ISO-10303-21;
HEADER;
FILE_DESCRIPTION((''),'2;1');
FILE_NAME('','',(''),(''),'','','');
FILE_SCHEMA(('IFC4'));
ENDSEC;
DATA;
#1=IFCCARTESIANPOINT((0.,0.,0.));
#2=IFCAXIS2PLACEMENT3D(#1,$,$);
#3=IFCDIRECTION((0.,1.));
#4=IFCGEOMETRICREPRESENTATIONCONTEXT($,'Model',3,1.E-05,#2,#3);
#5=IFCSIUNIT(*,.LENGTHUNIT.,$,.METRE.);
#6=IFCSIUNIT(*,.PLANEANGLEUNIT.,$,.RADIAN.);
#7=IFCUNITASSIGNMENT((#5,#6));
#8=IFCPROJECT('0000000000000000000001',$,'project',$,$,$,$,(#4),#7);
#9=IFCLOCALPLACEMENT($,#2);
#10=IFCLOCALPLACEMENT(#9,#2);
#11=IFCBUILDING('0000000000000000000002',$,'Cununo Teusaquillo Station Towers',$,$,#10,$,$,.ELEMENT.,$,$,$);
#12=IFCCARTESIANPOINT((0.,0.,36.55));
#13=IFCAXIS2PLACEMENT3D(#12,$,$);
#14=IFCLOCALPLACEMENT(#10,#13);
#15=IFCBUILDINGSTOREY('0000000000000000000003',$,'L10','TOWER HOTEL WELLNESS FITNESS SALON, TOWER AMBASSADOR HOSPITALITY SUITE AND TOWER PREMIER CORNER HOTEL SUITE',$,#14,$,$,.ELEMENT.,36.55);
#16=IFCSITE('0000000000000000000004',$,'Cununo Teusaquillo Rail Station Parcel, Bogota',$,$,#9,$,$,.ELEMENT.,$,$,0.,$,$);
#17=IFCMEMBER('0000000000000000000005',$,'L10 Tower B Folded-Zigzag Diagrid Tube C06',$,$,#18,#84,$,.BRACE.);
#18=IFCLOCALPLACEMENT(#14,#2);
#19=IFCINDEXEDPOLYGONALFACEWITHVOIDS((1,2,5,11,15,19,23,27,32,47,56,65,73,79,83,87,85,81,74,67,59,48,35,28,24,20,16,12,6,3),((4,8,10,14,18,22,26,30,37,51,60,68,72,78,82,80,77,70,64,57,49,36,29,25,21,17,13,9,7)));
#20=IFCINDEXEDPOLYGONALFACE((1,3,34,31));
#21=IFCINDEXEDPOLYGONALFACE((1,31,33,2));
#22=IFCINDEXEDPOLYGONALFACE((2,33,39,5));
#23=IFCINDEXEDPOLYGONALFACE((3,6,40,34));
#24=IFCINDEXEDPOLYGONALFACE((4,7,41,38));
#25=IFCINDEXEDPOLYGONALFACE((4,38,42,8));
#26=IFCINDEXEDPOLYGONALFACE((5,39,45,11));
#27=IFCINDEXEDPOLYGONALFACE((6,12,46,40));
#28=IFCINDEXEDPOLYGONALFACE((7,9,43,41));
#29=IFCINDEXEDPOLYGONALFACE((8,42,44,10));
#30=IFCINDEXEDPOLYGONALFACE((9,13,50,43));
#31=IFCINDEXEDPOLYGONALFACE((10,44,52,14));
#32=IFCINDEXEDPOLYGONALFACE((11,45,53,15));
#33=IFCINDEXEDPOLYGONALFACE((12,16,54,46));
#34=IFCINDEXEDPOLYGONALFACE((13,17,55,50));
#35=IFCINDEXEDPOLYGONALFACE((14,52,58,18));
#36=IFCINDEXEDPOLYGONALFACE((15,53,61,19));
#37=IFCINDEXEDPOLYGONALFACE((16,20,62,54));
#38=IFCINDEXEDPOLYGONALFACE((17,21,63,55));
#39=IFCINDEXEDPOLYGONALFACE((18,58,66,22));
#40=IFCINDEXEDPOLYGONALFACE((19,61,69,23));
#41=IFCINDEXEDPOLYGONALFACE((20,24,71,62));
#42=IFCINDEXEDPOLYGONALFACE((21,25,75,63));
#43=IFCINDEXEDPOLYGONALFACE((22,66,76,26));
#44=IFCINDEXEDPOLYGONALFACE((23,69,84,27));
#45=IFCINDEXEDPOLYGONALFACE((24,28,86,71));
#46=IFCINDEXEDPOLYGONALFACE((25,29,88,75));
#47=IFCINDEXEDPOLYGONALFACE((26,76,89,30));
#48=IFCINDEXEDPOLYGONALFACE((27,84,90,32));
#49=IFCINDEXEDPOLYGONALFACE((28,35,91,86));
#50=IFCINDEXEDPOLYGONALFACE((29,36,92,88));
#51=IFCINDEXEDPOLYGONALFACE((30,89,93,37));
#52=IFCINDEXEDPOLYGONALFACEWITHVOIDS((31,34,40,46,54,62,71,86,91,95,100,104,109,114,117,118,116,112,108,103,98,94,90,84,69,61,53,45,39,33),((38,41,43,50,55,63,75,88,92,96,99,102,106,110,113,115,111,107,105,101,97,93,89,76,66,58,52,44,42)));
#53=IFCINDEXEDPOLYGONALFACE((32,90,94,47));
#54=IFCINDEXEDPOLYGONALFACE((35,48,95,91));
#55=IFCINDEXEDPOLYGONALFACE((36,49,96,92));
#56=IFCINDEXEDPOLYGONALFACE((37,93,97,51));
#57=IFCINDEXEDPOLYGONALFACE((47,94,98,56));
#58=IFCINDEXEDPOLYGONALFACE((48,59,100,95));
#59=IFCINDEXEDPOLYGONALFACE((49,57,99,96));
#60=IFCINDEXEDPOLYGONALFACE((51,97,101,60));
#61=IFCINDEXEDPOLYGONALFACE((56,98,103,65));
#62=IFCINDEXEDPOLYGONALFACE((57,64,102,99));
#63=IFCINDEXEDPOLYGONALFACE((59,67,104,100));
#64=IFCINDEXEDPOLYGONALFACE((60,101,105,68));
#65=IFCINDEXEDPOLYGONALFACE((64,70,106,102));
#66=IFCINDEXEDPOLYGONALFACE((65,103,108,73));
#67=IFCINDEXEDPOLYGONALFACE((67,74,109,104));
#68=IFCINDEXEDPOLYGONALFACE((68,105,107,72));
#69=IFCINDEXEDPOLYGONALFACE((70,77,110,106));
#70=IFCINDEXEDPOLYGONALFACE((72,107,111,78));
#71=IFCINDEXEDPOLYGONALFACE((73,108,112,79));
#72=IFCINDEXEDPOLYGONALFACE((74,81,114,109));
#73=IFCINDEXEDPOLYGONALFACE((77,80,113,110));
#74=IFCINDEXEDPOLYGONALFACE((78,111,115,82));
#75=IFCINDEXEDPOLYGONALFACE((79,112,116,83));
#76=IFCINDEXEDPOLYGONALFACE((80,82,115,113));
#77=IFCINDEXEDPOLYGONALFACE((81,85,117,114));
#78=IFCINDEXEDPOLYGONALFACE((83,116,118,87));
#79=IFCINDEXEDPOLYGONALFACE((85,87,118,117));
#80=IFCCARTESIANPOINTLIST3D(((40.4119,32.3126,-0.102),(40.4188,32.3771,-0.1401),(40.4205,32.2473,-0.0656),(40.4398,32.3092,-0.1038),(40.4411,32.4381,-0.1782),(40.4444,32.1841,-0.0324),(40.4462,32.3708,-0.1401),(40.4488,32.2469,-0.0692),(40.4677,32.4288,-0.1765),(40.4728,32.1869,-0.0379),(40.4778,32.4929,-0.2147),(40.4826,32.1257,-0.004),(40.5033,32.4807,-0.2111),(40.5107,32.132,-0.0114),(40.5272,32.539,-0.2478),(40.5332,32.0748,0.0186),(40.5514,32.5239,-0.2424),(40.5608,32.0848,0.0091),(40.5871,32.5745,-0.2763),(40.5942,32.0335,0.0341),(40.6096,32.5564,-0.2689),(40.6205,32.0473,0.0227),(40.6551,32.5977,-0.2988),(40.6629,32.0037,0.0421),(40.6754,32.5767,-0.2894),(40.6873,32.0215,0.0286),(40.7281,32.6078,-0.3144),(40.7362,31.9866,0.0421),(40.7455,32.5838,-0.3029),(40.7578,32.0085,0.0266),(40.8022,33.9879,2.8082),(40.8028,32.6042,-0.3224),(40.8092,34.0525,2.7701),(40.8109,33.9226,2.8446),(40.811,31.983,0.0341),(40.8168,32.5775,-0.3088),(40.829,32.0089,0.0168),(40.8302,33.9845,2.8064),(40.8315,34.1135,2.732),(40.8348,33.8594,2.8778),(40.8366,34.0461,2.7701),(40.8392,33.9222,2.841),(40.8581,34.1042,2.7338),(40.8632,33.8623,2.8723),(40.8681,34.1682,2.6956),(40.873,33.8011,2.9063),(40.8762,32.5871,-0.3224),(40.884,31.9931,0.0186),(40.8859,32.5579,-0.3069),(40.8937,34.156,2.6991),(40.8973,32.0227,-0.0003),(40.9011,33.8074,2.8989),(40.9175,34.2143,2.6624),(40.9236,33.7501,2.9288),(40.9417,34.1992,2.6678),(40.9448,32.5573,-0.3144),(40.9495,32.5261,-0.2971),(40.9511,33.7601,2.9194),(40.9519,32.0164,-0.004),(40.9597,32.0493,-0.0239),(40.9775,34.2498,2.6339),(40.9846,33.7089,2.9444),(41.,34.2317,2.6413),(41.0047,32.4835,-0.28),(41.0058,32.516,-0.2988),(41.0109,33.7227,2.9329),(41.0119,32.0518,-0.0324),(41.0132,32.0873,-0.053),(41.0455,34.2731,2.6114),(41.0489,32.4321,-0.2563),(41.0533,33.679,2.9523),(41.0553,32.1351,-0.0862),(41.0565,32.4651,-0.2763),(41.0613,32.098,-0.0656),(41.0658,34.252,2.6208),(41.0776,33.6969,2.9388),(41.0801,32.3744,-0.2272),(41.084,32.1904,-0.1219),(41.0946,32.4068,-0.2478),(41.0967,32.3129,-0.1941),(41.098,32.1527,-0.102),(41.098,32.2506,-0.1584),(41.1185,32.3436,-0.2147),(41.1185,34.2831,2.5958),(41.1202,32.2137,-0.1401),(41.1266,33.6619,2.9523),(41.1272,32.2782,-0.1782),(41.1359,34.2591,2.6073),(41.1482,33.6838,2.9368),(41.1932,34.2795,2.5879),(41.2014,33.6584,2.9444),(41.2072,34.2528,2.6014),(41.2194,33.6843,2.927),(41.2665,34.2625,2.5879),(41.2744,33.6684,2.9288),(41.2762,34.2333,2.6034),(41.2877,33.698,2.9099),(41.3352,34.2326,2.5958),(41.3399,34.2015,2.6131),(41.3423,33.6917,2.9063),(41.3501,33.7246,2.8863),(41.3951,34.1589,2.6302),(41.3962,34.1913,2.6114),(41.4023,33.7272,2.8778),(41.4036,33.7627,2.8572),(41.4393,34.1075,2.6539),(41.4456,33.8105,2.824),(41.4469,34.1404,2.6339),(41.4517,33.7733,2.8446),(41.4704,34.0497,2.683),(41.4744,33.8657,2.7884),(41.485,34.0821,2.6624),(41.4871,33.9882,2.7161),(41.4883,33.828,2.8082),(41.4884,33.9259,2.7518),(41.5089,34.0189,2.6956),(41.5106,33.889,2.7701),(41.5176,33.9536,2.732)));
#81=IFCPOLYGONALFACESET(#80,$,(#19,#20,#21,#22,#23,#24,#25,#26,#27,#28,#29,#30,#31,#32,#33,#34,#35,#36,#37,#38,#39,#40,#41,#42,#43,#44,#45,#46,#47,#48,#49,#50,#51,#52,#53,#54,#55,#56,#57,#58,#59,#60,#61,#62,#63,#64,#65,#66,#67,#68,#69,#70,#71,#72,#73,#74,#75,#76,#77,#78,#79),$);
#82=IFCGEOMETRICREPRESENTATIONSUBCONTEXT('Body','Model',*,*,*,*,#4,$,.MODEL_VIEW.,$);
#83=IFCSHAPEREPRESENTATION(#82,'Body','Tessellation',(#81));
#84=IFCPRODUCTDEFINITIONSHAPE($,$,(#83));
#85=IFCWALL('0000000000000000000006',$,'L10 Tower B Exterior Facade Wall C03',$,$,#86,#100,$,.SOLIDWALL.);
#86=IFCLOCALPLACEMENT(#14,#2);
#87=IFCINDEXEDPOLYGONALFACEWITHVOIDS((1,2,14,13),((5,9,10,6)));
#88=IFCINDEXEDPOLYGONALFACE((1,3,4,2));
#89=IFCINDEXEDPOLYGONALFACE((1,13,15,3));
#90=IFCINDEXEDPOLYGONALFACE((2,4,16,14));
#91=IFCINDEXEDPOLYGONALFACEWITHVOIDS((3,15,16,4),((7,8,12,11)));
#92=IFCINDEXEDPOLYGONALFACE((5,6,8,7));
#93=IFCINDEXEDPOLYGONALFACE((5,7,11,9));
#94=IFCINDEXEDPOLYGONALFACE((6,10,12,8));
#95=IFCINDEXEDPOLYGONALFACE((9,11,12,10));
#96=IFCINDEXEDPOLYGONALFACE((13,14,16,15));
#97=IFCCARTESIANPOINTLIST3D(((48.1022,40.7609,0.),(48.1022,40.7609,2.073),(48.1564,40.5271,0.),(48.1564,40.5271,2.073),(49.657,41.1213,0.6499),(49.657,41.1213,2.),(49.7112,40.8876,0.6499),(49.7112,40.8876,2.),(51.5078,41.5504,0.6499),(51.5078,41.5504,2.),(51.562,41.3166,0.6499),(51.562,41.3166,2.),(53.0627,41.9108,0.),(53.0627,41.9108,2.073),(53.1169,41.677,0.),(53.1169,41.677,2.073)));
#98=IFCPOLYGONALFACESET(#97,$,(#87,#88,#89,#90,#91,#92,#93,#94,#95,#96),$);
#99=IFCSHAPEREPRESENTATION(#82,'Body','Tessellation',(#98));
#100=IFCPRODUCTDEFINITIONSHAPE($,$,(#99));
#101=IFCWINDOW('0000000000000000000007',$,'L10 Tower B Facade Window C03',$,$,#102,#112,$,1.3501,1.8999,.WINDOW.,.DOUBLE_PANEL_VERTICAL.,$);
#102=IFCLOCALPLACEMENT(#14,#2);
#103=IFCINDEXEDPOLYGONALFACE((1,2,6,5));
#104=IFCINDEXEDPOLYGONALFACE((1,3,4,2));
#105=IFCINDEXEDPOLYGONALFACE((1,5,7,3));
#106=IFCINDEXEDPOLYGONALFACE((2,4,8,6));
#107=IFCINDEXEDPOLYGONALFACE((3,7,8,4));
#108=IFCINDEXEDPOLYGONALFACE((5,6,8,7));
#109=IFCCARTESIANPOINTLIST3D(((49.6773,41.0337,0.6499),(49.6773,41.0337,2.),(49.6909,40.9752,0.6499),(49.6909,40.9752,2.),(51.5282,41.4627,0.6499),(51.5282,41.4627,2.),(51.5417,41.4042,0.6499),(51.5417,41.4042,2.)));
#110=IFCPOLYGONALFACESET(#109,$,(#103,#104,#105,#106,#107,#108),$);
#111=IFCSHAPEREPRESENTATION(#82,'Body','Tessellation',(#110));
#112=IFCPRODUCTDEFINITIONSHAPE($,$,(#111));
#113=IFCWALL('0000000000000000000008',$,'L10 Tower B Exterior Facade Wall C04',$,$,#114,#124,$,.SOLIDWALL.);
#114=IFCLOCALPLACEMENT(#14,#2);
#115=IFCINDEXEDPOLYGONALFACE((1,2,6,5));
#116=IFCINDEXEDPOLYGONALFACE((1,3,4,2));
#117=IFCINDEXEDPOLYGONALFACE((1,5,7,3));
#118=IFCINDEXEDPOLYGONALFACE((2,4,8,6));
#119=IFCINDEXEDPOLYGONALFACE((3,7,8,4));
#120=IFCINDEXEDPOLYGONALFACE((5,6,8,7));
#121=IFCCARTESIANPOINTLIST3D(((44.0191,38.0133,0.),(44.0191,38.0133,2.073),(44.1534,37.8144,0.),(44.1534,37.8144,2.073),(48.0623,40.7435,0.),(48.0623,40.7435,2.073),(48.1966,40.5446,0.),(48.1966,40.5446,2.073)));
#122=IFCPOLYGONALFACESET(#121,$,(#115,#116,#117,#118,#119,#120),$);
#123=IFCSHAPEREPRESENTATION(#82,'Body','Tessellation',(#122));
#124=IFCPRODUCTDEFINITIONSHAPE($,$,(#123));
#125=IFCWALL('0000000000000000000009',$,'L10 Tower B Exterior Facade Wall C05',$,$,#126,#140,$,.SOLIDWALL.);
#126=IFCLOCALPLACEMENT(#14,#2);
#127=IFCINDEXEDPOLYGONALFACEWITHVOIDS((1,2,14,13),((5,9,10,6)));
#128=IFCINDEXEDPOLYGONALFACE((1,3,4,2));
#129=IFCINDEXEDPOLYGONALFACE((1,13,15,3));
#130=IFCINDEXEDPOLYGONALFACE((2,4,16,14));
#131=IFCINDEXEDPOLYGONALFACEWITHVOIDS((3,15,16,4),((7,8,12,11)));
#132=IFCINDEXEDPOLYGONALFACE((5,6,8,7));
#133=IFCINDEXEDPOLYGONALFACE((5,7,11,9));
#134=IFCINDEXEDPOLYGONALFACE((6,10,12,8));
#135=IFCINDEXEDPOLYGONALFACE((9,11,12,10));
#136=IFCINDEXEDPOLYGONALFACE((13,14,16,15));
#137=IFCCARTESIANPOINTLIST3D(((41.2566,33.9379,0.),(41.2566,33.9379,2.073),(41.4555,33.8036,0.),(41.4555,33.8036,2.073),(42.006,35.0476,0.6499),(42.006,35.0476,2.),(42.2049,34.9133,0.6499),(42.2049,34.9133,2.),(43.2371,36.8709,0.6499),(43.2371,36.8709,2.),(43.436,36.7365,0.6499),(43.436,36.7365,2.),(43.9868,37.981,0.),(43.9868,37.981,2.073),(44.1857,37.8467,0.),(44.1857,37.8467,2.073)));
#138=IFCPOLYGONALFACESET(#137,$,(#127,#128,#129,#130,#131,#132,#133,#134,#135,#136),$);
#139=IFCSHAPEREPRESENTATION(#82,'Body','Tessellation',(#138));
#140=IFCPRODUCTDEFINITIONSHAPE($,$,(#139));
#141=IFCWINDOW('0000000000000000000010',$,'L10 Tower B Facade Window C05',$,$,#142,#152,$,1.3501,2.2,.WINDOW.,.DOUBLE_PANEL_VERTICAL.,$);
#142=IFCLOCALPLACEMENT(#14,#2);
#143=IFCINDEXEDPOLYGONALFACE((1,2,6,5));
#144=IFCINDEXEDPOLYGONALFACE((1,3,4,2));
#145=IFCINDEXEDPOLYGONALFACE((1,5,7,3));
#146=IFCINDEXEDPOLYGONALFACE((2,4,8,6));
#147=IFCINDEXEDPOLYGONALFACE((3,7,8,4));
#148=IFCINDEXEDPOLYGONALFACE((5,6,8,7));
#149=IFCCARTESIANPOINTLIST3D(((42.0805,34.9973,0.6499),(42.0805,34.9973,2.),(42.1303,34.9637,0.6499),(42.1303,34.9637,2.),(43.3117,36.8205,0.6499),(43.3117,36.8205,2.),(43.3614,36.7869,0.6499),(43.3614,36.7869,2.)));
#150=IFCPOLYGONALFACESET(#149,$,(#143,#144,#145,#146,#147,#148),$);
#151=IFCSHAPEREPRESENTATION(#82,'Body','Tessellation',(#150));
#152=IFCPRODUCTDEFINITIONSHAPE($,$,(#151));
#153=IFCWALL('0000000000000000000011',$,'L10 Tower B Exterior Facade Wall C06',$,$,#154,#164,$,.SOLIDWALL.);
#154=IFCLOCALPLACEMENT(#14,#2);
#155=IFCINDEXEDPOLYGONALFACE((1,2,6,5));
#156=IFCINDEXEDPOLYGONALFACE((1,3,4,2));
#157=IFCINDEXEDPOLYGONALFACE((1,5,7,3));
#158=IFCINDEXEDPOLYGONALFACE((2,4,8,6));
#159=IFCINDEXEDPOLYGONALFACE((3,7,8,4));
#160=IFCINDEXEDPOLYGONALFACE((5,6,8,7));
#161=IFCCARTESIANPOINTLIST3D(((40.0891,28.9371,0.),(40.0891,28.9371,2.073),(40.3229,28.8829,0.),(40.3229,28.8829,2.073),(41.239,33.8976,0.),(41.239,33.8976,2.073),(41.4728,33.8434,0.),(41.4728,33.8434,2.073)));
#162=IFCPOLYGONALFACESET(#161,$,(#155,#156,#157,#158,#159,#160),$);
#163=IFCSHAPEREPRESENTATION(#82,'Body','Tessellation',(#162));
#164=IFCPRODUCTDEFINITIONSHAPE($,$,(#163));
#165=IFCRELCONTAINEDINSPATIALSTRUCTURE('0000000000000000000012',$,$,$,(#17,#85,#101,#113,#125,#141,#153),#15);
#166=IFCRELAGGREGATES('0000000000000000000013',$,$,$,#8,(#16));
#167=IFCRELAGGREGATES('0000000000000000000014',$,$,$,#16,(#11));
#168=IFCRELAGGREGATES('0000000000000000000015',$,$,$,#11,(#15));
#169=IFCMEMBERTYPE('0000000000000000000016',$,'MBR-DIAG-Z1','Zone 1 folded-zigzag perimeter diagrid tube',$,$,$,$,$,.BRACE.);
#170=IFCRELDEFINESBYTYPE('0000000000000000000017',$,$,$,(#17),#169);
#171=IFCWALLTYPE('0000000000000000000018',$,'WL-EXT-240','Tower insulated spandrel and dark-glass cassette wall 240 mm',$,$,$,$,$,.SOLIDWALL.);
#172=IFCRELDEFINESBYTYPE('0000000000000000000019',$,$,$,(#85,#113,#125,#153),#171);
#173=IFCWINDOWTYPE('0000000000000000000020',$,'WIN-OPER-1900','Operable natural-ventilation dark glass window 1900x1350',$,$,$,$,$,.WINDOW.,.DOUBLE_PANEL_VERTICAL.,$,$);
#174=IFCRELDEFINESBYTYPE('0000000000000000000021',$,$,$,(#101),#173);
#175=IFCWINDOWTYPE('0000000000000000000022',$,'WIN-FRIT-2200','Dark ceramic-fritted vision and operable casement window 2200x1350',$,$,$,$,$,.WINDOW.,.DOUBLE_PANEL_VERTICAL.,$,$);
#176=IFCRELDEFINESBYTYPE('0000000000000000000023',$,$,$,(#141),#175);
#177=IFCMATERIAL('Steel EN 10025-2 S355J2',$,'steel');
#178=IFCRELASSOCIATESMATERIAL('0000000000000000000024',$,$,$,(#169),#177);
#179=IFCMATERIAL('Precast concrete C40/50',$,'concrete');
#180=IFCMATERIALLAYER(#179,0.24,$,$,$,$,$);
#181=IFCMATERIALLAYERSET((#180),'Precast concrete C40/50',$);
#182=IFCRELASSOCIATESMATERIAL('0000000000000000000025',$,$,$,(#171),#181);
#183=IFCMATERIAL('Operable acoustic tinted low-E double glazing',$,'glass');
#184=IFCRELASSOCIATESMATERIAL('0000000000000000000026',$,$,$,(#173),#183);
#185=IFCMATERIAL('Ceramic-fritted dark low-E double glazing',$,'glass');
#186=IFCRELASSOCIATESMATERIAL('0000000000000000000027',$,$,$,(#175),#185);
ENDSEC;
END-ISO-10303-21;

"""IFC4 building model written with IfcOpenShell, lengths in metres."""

from ifc_helpers import new_model, si_unit, direction, frame, frame_2d, origin, origin_2d, place, context, subcontext, project, spatial, rectangle, hollow_circle, extrude, source, transform, mapped, material, layer, layer_set, material_profile, profile_set, type_object, element, fill, save


model = new_model("IFC4")

# Units and contexts
model_context = context("Model", 3, precision=1e-05, world=origin(), true_north=direction((0.0, 1.0)))
body_context = subcontext(model_context, "Body", "Model", "MODEL_VIEW")
ifc_project = project(units=[si_unit("LENGTHUNIT", "METRE"), si_unit("PLANEANGLEUNIT", "RADIAN")], contexts=[model_context])

# Site, building, storey
site_placement = place(None, origin())
site = spatial("IfcSite", under=ifc_project, at=site_placement, Name="Cununo Teusaquillo Rail Station Parcel, Bogota", CompositionType="ELEMENT", RefElevation=0.0)
building_placement = place(site_placement, origin())
building = spatial("IfcBuilding", under=site, at=building_placement, Name="Cununo Teusaquillo Station Towers", CompositionType="ELEMENT")
storey_placement = place(building_placement, frame((0.0, 0.0, 36.55)))
storey = spatial("IfcBuildingStorey", under=building, at=storey_placement, Name="L10", Description="TOWER HOTEL WELLNESS FITNESS SALON, TOWER AMBASSADOR HOSPITALITY SUITE AND TOWER PREMIER CORNER HOTEL SUITE", CompositionType="ELEMENT", Elevation=36.55)

# Member
ifc_material_1 = material(Name="Steel EN 10025-2 S355J2", Category="steel")
ifc_material_profile_1 = material_profile(ifc_material_1, hollow_circle(Radius=0.3601, WallThickness=0.0281, at=origin_2d()), Name="CHS 720x28")
ifc_profile_set_1 = profile_set([ifc_material_profile_1], Name="Steel EN 10025-2 S355J2")
member_type = type_object("IfcMemberType", Name="MBR-DIAG-Z1", Description="Zone 1 folded-zigzag perimeter diagrid tube", PredefinedType="BRACE", material=ifc_profile_set_1)
member_1_placement = place(storey_placement, frame((40.7695, 32.2954, -0.1401), z_axis=(0.115479, 0.49557, 0.860857), x_axis=(-0.973908, 0.226942, 0.0)))
element("IfcMember", 1, at=member_1_placement, inside=storey, type_object=member_type, Name="L10 Tower B Folded-Zigzag Diagrid Tube C06", PredefinedType="BRACE", context=body_context, shape_type="SweptSolid", body=[
    extrude(hollow_circle(Radius=0.3601, WallThickness=0.0281, at=origin_2d()), origin(), (0.0, 0.0, 1.0), 3.3806),
])

# Wall, opening, window
ifc_material_2 = material(Name="Precast concrete C40/50", Category="concrete")
ifc_layer_1 = layer(ifc_material_2, 0.24)
ifc_layer_set_1 = layer_set([ifc_layer_1], Name="Precast concrete C40/50")
wall_type_1 = type_object("IfcWallType", Name="WL-EXT-240", Description="Tower insulated spandrel and dark-glass cassette wall 240 mm", PredefinedType="SOLIDWALL", material=ifc_layer_set_1)
wall_1_placement = place(storey_placement, frame((48.1294, 40.644, 0.0), z_axis=(0.0, 0.0, 1.0), x_axis=(0.974168, 0.225826, 0.0)))
wall_1 = element("IfcWall", 2, at=wall_1_placement, inside=storey, type_object=wall_type_1, Name="L10 Tower B Exterior Facade Wall C03", PredefinedType="SOLIDWALL", context=body_context, shape_type="SweptSolid", body=[
    extrude(rectangle(XDim=5.092, YDim=0.24, at=frame_2d((2.5459, 0.0))), origin(), (0.0, 0.0, 1.0), 2.073),
])
shared_shape_1 = source(origin(), body_context, "Body", "SweptSolid", [
    extrude(rectangle(XDim=1.8999, YDim=1.3501, at=frame_2d((0.95, 0.675))), frame((0.0, 0.1299, 0.0), z_axis=(0.0, -1.0, 0.0), x_axis=(1.0, 0.0, 0.0)), (0.0, 0.0, 1.0), 0.26),
])
opening_1_placement = place(wall_1_placement, frame((1.5959, 0.0, 0.6499)))
opening_1 = element("IfcOpeningElement", 3, at=opening_1_placement, cuts=wall_1, PredefinedType="OPENING", context=body_context, shape_type="MappedRepresentation", body=[
    mapped(shared_shape_1, transform((0.0, 0.0, 0.0), x_axis=(1.0, 0.0, 0.0), y_axis=(0.0, 1.0, 0.0), z_axis=(0.0, 0.0, 1.0), scale=1.0)),
])
ifc_material_3 = material(Name="Operable acoustic tinted low-E double glazing", Category="glass")
window_type_1 = type_object("IfcWindowType", Name="WIN-OPER-1900", Description="Operable natural-ventilation dark glass window 1900x1350", PartitioningType="DOUBLE_PANEL_VERTICAL", PredefinedType="WINDOW", material=ifc_material_3)
shared_shape_2 = source(origin(), body_context, "Body", "SweptSolid", [
    extrude(rectangle(XDim=1.8999, YDim=1.3501, at=frame_2d((0.95, 0.675))), frame((0.0, 0.03, 0.0), z_axis=(0.0, -1.0, 0.0), x_axis=(1.0, 0.0, 0.0)), (0.0, 0.0, 1.0), 0.0601),
])
window_1_placement = place(opening_1_placement, origin())
window_1 = element("IfcWindow", 4, at=window_1_placement, inside=storey, type_object=window_type_1, Name="L10 Tower B Facade Window C03", OverallHeight=1.3501, OverallWidth=1.8999, PartitioningType="DOUBLE_PANEL_VERTICAL", PredefinedType="WINDOW", context=body_context, shape_type="MappedRepresentation", body=[
    mapped(shared_shape_2, transform((0.0, 0.0, 0.0), x_axis=(1.0, 0.0, 0.0), y_axis=(0.0, 1.0, 0.0), z_axis=(0.0, 0.0, 1.0), scale=1.0)),
])
fill(opening_1, window_1)

# Wall
wall_2_placement = place(storey_placement, frame((44.0862, 37.9138, 0.0), z_axis=(0.0, 0.0, 1.0), x_axis=(0.828748, 0.559622, 0.0)))
element("IfcWall", 5, at=wall_2_placement, inside=storey, type_object=wall_type_1, Name="L10 Tower B Exterior Facade Wall C04", PredefinedType="SOLIDWALL", context=body_context, shape_type="SweptSolid", body=[
    extrude(rectangle(XDim=4.8787, YDim=0.24, at=frame_2d((2.4395, 0.0))), origin(), (0.0, 0.0, 1.0), 2.073),
])

# Wall, opening, window
wall_3_placement = place(storey_placement, frame((41.356, 33.8706, 0.0), z_axis=(0.0, 0.0, 1.0), x_axis=(0.559622, 0.828748, 0.0)))
wall_3 = element("IfcWall", 6, at=wall_3_placement, inside=storey, type_object=wall_type_1, Name="L10 Tower B Exterior Facade Wall C05", PredefinedType="SOLIDWALL", context=body_context, shape_type="SweptSolid", body=[
    extrude(rectangle(XDim=4.8787, YDim=0.24, at=frame_2d((2.4395, 0.0))), origin(), (0.0, 0.0, 1.0), 2.073),
])
shared_shape_3 = source(origin(), body_context, "Body", "SweptSolid", [
    extrude(rectangle(XDim=2.2, YDim=1.3501, at=frame_2d((1.1001, 0.675))), frame((0.0, 0.1299, 0.0), z_axis=(0.0, -1.0, 0.0), x_axis=(1.0, 0.0, 0.0)), (0.0, 0.0, 1.0), 0.26),
])
opening_2_placement = place(wall_3_placement, frame((1.3391, 0.0, 0.6499)))
opening_2 = element("IfcOpeningElement", 7, at=opening_2_placement, cuts=wall_3, PredefinedType="OPENING", context=body_context, shape_type="MappedRepresentation", body=[
    mapped(shared_shape_3, transform((0.0, 0.0, 0.0), x_axis=(1.0, 0.0, 0.0), y_axis=(0.0, 1.0, 0.0), z_axis=(0.0, 0.0, 1.0), scale=1.0)),
])
ifc_material_4 = material(Name="Ceramic-fritted dark low-E double glazing", Category="glass")
window_type_2 = type_object("IfcWindowType", Name="WIN-FRIT-2200", Description="Dark ceramic-fritted vision and operable casement window 2200x1350", PartitioningType="DOUBLE_PANEL_VERTICAL", PredefinedType="WINDOW", material=ifc_material_4)
shared_shape_4 = source(origin(), body_context, "Body", "SweptSolid", [
    extrude(rectangle(XDim=2.2, YDim=1.3501, at=frame_2d((1.1001, 0.675))), frame((0.0, 0.03, 0.0), z_axis=(0.0, -1.0, 0.0), x_axis=(1.0, 0.0, 0.0)), (0.0, 0.0, 1.0), 0.0601),
])
window_2_placement = place(opening_2_placement, origin())
window_2 = element("IfcWindow", 8, at=window_2_placement, inside=storey, type_object=window_type_2, Name="L10 Tower B Facade Window C05", OverallHeight=1.3501, OverallWidth=2.2, PartitioningType="DOUBLE_PANEL_VERTICAL", PredefinedType="WINDOW", context=body_context, shape_type="MappedRepresentation", body=[
    mapped(shared_shape_4, transform((0.0, 0.0, 0.0), x_axis=(1.0, 0.0, 0.0), y_axis=(0.0, 1.0, 0.0), z_axis=(0.0, 0.0, 1.0), scale=1.0)),
])
fill(opening_2, window_2)

# Wall
wall_4_placement = place(storey_placement, frame((40.2061, 28.9102, 0.0), z_axis=(0.0, 0.0, 1.0), x_axis=(0.225826, 0.974168, 0.0)))
element("IfcWall", 9, at=wall_4_placement, inside=storey, type_object=wall_type_1, Name="L10 Tower B Exterior Facade Wall C06", PredefinedType="SOLIDWALL", context=body_context, shape_type="SweptSolid", body=[
    extrude(rectangle(XDim=5.092, YDim=0.24, at=frame_2d((2.5459, 0.0))), origin(), (0.0, 0.0, 1.0), 2.073),
])

save(model, "model.ifc")
